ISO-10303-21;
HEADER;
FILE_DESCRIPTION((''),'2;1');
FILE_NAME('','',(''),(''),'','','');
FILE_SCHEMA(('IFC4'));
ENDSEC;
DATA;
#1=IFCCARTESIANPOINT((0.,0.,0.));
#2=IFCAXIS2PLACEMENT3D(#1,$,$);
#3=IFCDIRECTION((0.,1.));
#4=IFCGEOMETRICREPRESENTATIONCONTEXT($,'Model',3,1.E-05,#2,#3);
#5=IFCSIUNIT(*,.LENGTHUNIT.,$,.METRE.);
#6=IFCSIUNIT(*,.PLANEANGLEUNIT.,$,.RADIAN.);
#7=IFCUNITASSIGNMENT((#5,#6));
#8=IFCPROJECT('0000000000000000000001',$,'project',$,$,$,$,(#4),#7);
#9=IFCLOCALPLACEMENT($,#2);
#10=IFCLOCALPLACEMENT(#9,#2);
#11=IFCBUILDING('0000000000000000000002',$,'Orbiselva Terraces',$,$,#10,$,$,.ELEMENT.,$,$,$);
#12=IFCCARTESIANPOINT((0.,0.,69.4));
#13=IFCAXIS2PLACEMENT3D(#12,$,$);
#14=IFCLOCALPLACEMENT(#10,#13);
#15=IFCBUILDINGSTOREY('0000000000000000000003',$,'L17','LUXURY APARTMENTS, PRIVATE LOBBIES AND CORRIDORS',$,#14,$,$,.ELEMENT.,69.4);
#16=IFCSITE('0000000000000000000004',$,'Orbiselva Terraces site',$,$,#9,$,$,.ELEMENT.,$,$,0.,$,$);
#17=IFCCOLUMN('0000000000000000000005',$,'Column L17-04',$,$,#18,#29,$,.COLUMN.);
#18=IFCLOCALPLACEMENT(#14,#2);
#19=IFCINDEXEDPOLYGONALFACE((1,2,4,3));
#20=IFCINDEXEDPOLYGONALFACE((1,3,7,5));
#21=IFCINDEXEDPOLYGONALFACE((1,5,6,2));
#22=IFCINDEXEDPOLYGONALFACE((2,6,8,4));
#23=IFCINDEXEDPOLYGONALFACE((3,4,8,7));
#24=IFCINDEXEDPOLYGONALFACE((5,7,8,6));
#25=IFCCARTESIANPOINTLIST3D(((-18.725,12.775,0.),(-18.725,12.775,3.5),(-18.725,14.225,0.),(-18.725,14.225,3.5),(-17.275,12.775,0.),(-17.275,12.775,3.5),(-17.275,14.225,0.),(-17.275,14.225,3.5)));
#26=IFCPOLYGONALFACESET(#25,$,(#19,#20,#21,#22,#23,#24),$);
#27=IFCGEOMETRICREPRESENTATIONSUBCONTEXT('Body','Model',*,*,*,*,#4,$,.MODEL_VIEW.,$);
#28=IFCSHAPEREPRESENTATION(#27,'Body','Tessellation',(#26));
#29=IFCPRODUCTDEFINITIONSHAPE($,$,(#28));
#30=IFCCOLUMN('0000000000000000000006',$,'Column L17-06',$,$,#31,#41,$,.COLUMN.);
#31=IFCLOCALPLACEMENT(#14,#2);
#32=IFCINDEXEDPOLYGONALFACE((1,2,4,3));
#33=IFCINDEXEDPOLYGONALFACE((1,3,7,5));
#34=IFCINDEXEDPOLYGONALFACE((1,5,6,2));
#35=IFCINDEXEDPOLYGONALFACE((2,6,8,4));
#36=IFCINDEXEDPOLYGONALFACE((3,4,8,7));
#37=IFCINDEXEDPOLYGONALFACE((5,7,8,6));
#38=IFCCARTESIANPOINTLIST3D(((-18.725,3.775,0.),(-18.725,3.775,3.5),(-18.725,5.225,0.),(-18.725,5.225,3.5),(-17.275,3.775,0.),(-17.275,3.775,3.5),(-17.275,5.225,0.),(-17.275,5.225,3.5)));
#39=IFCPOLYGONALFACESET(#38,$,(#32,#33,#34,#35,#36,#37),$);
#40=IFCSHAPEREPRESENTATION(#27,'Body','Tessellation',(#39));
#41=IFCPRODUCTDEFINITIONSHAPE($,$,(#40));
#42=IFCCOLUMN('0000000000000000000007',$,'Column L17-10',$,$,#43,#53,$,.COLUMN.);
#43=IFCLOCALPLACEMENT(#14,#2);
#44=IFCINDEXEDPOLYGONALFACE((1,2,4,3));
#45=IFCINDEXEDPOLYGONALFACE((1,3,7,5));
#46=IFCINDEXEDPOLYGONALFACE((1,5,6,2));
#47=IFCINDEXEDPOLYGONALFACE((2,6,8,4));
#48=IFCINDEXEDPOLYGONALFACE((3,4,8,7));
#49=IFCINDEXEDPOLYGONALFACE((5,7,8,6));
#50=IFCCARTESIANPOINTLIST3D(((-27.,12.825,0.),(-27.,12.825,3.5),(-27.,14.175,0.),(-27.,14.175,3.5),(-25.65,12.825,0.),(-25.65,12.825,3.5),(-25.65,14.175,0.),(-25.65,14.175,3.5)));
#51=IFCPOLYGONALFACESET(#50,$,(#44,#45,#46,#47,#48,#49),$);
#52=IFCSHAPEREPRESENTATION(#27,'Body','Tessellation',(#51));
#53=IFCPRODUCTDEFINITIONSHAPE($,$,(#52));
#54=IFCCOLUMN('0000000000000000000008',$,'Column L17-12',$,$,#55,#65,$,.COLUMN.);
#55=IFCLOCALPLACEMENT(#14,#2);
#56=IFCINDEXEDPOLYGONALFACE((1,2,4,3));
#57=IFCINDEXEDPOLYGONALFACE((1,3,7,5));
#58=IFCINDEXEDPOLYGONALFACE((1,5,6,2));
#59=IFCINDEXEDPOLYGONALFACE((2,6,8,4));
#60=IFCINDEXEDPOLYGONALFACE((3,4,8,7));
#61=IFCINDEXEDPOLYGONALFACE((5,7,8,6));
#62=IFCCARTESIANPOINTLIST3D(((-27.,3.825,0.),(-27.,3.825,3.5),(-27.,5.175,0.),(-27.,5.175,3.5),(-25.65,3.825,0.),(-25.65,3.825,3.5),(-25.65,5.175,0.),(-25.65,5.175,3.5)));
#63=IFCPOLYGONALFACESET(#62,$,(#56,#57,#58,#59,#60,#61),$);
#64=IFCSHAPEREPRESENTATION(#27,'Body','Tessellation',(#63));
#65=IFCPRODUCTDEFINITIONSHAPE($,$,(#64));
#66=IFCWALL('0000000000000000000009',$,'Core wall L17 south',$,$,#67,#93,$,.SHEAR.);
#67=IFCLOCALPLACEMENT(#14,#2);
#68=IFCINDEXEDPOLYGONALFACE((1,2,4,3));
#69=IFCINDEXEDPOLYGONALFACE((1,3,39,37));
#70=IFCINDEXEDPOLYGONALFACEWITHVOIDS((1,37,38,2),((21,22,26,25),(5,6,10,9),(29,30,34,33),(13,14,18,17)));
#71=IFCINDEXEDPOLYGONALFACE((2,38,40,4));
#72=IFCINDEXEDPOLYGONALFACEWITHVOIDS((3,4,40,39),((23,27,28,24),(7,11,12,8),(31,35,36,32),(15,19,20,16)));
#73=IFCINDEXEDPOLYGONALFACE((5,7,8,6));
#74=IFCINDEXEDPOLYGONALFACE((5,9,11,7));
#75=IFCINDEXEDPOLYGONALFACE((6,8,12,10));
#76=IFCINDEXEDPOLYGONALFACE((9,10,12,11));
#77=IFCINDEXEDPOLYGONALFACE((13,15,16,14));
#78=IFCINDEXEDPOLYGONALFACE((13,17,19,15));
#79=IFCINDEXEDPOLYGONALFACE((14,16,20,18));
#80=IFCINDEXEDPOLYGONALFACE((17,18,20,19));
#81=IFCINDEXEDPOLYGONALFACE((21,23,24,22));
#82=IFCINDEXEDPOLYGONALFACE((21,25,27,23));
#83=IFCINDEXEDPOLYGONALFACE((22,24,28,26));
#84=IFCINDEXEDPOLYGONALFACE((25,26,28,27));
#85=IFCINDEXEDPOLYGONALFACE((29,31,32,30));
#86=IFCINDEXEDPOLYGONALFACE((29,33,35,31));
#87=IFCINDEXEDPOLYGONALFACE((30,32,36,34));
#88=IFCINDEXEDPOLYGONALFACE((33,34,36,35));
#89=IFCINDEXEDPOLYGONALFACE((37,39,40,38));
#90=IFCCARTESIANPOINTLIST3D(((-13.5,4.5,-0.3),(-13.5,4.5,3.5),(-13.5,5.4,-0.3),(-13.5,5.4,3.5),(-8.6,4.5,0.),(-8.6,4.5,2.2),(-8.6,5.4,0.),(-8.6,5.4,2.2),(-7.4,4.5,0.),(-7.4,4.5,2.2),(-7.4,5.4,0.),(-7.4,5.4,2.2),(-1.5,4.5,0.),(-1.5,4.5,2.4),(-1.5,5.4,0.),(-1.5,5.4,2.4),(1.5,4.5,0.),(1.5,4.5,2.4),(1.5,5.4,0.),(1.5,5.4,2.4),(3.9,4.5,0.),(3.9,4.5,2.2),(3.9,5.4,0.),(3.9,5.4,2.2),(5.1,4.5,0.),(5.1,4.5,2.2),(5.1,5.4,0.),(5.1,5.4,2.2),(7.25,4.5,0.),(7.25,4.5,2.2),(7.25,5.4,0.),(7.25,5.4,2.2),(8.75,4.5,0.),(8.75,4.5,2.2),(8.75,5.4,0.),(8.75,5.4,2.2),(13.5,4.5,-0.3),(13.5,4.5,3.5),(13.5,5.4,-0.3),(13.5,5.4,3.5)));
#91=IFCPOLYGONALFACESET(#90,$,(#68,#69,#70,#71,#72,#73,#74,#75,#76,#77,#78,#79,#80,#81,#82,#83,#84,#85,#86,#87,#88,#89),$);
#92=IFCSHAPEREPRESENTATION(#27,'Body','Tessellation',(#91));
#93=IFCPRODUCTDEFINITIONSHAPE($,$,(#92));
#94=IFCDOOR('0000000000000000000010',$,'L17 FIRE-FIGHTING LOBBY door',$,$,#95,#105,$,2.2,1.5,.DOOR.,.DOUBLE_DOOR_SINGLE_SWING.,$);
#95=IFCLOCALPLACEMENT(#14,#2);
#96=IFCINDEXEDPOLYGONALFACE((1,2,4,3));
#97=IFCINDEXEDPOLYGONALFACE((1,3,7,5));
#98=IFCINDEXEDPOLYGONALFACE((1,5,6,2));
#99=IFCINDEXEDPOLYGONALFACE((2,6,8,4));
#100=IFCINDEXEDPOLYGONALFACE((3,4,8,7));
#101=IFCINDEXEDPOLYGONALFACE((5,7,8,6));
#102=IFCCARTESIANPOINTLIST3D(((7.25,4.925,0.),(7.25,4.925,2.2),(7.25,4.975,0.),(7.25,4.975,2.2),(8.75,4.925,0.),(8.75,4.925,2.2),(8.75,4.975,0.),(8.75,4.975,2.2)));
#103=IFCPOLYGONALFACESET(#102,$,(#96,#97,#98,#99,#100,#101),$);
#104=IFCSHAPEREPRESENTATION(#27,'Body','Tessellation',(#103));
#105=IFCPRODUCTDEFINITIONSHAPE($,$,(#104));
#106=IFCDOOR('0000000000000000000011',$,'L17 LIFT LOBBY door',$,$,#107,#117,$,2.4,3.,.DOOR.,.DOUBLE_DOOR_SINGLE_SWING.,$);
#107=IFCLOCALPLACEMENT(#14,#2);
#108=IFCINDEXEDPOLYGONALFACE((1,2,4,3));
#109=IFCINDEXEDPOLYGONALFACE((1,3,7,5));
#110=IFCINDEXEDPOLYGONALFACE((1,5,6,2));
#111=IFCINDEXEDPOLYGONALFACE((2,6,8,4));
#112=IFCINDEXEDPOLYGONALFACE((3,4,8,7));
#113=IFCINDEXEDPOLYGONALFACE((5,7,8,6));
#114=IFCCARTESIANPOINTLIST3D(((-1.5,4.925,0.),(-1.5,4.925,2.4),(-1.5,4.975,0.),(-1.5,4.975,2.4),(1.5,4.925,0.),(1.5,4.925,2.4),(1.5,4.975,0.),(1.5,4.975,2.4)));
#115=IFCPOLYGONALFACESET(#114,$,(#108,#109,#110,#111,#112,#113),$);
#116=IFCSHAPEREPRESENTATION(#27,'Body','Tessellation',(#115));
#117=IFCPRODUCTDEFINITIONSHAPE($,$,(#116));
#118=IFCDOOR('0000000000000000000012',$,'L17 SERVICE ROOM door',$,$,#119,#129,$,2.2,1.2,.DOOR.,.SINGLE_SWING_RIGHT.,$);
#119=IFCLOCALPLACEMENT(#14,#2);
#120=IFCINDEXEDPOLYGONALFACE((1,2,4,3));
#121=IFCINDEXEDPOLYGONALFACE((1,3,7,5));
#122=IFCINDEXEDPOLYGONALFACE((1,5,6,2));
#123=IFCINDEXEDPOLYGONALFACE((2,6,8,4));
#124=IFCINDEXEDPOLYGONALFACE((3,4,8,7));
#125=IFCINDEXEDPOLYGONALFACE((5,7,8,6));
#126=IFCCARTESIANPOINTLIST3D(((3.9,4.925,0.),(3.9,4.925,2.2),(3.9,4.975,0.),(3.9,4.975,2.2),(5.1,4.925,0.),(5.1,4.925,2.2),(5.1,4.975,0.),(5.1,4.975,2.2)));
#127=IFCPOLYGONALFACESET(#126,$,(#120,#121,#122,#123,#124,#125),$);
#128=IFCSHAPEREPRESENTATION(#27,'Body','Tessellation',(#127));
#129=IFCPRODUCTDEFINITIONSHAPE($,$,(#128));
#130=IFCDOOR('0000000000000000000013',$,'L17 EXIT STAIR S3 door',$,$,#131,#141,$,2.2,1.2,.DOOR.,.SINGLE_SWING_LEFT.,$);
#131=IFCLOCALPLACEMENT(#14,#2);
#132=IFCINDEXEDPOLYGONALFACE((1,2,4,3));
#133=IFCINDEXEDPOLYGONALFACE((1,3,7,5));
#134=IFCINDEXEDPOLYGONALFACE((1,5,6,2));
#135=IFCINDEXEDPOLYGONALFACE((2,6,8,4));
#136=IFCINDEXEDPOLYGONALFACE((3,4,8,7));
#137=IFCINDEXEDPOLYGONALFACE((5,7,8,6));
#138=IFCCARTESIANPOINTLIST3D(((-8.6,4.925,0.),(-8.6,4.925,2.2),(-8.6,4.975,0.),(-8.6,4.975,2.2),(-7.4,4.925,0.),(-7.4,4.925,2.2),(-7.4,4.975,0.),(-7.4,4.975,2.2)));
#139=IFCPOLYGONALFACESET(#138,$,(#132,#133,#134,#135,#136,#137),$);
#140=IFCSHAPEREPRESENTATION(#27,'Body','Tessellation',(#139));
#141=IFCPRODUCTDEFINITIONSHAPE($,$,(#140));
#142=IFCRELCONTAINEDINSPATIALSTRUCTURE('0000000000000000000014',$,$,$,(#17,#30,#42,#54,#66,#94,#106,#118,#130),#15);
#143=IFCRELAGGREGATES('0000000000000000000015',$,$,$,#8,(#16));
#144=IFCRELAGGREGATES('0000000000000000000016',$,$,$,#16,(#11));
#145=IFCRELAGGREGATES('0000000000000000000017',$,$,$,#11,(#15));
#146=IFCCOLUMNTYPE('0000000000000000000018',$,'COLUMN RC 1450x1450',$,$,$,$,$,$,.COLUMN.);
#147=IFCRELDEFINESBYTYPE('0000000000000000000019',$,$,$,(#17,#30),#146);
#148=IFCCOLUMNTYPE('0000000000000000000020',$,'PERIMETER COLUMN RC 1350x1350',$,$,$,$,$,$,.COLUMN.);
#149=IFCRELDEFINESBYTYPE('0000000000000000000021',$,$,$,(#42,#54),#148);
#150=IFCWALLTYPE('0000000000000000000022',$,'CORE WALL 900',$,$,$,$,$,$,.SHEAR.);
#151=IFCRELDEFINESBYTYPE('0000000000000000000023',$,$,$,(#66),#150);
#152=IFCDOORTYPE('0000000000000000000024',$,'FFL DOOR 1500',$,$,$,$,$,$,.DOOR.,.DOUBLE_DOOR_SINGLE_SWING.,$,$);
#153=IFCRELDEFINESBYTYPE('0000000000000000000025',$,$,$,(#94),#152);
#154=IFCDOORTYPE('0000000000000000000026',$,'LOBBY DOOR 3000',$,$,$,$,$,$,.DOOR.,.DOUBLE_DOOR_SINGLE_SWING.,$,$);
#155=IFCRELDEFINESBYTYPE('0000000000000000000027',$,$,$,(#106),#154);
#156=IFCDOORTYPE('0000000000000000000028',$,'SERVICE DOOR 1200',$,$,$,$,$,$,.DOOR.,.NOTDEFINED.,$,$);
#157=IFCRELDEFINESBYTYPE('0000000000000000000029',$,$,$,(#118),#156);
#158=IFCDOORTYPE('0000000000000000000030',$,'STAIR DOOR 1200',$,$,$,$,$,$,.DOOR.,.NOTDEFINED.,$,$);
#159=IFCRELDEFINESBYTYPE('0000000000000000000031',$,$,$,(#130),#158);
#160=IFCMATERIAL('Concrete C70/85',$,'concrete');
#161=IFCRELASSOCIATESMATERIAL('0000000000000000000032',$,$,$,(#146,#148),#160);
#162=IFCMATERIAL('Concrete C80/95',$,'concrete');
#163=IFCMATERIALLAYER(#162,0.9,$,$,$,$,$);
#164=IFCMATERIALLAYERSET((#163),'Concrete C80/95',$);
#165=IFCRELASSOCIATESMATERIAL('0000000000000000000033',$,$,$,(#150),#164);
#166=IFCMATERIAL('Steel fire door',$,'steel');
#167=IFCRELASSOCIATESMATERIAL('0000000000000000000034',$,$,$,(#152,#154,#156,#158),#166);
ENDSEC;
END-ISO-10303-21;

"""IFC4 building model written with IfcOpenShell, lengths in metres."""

from ifc_helpers import new_model, si_unit, direction, frame, frame_2d, origin, origin_2d, place, context, subcontext, project, spatial, rectangle, extrude, material, layer, layer_set, material_profile, profile_set, type_object, element, fill, save


model = new_model("IFC4")

# Units and contexts
model_context = context("Model", 3, precision=1e-05, world=origin(), true_north=direction((0.0, 1.0)))
body_context = subcontext(model_context, "Body", "Model", "MODEL_VIEW")
ifc_project = project(units=[si_unit("LENGTHUNIT", "METRE"), si_unit("PLANEANGLEUNIT", "RADIAN")], contexts=[model_context])

# Site, building, storey
site_placement = place(None, origin())
site = spatial("IfcSite", under=ifc_project, at=site_placement, Name="Orbiselva Terraces site", CompositionType="ELEMENT", RefElevation=0.0)
building_placement = place(site_placement, origin())
building = spatial("IfcBuilding", under=site, at=building_placement, Name="Orbiselva Terraces", CompositionType="ELEMENT")
storey_placement = place(building_placement, frame((0.0, 0.0, 69.4)))
storey = spatial("IfcBuildingStorey", under=building, at=storey_placement, Name="L17", Description="LUXURY APARTMENTS, PRIVATE LOBBIES AND CORRIDORS", CompositionType="ELEMENT", Elevation=69.4)

# Columns
ifc_material_1 = material(Name="Concrete C70/85", Category="concrete")
ifc_material_profile_1 = material_profile(ifc_material_1, rectangle(XDim=1.45, YDim=1.45, at=origin_2d()), Name="RC 1450x1450")
ifc_profile_set_1 = profile_set([ifc_material_profile_1], Name="Concrete C70/85")
column_type_1 = type_object("IfcColumnType", Name="COLUMN RC 1450x1450", PredefinedType="COLUMN", material=ifc_profile_set_1)
for number, where, z_axis, x_axis, name in (
    (1, (-18.0, 13.5, 0.0), (0.0, 0.0, 1.0), (1.0, 0.0, 0.0), "Column L17-04"),
    (2, (-18.0, 4.5, 0.0), (0.0, 0.0, 1.0), (1.0, 0.0, 0.0), "Column L17-06"),
):
    element("IfcColumn", number, at=place(storey_placement, frame(where, z_axis=z_axis, x_axis=x_axis)), inside=storey, type_object=column_type_1, Name=name, PredefinedType="COLUMN", context=body_context, shape_type="SweptSolid", body=[
        extrude(rectangle(XDim=1.45, YDim=1.45, at=origin_2d()), origin(), (0.0, 0.0, 1.0), 3.5),
    ])
ifc_material_profile_2 = material_profile(ifc_material_1, rectangle(XDim=1.35, YDim=1.35, at=origin_2d()), Name="RC 1350x1350")
ifc_profile_set_2 = profile_set([ifc_material_profile_2], Name="Concrete C70/85")
column_type_2 = type_object("IfcColumnType", Name="PERIMETER COLUMN RC 1350x1350", PredefinedType="COLUMN", material=ifc_profile_set_2)
for number, where, z_axis, x_axis, name in (
    (3, (-26.325, 13.5, 0.0), (0.0, 0.0, 1.0), (1.0, 0.0, 0.0), "Column L17-10"),
    (4, (-26.325, 4.5, 0.0), (0.0, 0.0, 1.0), (1.0, 0.0, 0.0), "Column L17-12"),
):
    element("IfcColumn", number, at=place(storey_placement, frame(where, z_axis=z_axis, x_axis=x_axis)), inside=storey, type_object=column_type_2, Name=name, PredefinedType="COLUMN", context=body_context, shape_type="SweptSolid", body=[
        extrude(rectangle(XDim=1.35, YDim=1.35, at=origin_2d()), origin(), (0.0, 0.0, 1.0), 3.5),
    ])

# Wall, openings, doors
ifc_material_2 = material(Name="Concrete C80/95", Category="concrete")
ifc_layer_1 = layer(ifc_material_2, 0.9)
ifc_layer_set_1 = layer_set([ifc_layer_1], Name="Concrete C80/95")
wall_type_1 = type_object("IfcWallType", Name="CORE WALL 900", PredefinedType="SHEAR", material=ifc_layer_set_1)
wall_1_placement = place(storey_placement, frame((-13.5, 4.95, -0.3), z_axis=(0.0, 0.0, 1.0), x_axis=(1.0, 0.0, 0.0)))
wall_1 = element("IfcWall", 5, at=wall_1_placement, inside=storey, type_object=wall_type_1, Name="Core wall L17 south", PredefinedType="SHEAR", context=body_context, shape_type="SweptSolid", body=[
    extrude(rectangle(XDim=27.0, YDim=0.9, at=frame_2d((13.5, 0.0))), origin(), (0.0, 0.0, 1.0), 3.8),
])
opening_1_placement = place(wall_1_placement, frame((12.0, 0.0, 0.3)))
opening_1 = element("IfcOpeningElement", 6, at=opening_1_placement, cuts=wall_1, PredefinedType="OPENING", context=body_context, shape_type="SweptSolid", body=[
    extrude(rectangle(XDim=3.0, YDim=2.4, at=frame_2d((1.5, 1.2))), frame((0.0, 0.46, 0.0), z_axis=(0.0, -1.0, 0.0), x_axis=(1.0, 0.0, 0.0)), (0.0, 0.0, 1.0), 0.92),
])
opening_2_placement = place(wall_1_placement, frame((4.9, 0.0, 0.3)))
opening_2 = element("IfcOpeningElement", 7, at=opening_2_placement, cuts=wall_1, PredefinedType="OPENING", context=body_context, shape_type="SweptSolid", body=[
    extrude(rectangle(XDim=1.2, YDim=2.2, at=frame_2d((0.6, 1.1))), frame((0.0, 0.46, 0.0), z_axis=(0.0, -1.0, 0.0), x_axis=(1.0, 0.0, 0.0)), (0.0, 0.0, 1.0), 0.92),
])
opening_3_placement = place(wall_1_placement, frame((20.75, 0.0, 0.3)))
opening_3 = element("IfcOpeningElement", 8, at=opening_3_placement, cuts=wall_1, PredefinedType="OPENING", context=body_context, shape_type="SweptSolid", body=[
    extrude(rectangle(XDim=1.5, YDim=2.2, at=frame_2d((0.75, 1.1))), frame((0.0, 0.46, 0.0), z_axis=(0.0, -1.0, 0.0), x_axis=(1.0, 0.0, 0.0)), (0.0, 0.0, 1.0), 0.92),
])
opening_4_placement = place(wall_1_placement, frame((17.4, 0.0, 0.3)))
opening_4 = element("IfcOpeningElement", 9, at=opening_4_placement, cuts=wall_1, PredefinedType="OPENING", context=body_context, shape_type="SweptSolid", body=[
    extrude(rectangle(XDim=1.2, YDim=2.2, at=frame_2d((0.6, 1.1))), frame((0.0, 0.46, 0.0), z_axis=(0.0, -1.0, 0.0), x_axis=(1.0, 0.0, 0.0)), (0.0, 0.0, 1.0), 0.92),
])
ifc_material_3 = material(Name="Steel fire door", Category="steel")
door_type_1 = type_object("IfcDoorType", Name="FFL DOOR 1500", OperationType="DOUBLE_DOOR_SINGLE_SWING", PredefinedType="DOOR", material=ifc_material_3)
door_1_placement = place(opening_3_placement, frame((1.5, 0.0, 0.0), z_axis=(0.0, 0.0, 1.0), x_axis=(-1.0, 0.0, 0.0)))
door_1 = element("IfcDoor", 10, at=door_1_placement, inside=storey, type_object=door_type_1, Name="L17 FIRE-FIGHTING LOBBY door", OperationType="DOUBLE_DOOR_SINGLE_SWING", OverallHeight=2.2, OverallWidth=1.5, PredefinedType="DOOR", context=body_context, shape_type="SweptSolid", body=[
    extrude(rectangle(XDim=1.5, YDim=2.2, at=frame_2d((0.75, 1.1))), frame((0.0, 0.025, 0.0), z_axis=(0.0, -1.0, 0.0), x_axis=(1.0, 0.0, 0.0)), (0.0, 0.0, 1.0), 0.05),
])
fill(opening_3, door_1)
door_type_2 = type_object("IfcDoorType", Name="LOBBY DOOR 3000", OperationType="DOUBLE_DOOR_SINGLE_SWING", PredefinedType="DOOR", material=ifc_material_3)
door_2_placement = place(opening_1_placement, frame((3.0, 0.0, 0.0), z_axis=(0.0, 0.0, 1.0), x_axis=(-1.0, 0.0, 0.0)))
door_2 = element("IfcDoor", 11, at=door_2_placement, inside=storey, type_object=door_type_2, Name="L17 LIFT LOBBY door", OperationType="DOUBLE_DOOR_SINGLE_SWING", OverallHeight=2.4, OverallWidth=3.0, PredefinedType="DOOR", context=body_context, shape_type="SweptSolid", body=[
    extrude(rectangle(XDim=3.0, YDim=2.4, at=frame_2d((1.5, 1.2))), frame((0.0, 0.025, 0.0), z_axis=(0.0, -1.0, 0.0), x_axis=(1.0, 0.0, 0.0)), (0.0, 0.0, 1.0), 0.05),
])
fill(opening_1, door_2)
door_type_3 = type_object("IfcDoorType", Name="SERVICE DOOR 1200", OperationType="NOTDEFINED", PredefinedType="DOOR", material=ifc_material_3)
door_3_placement = place(opening_4_placement, frame((1.2, 0.0, 0.0), z_axis=(0.0, 0.0, 1.0), x_axis=(-1.0, 0.0, 0.0)))
door_3 = element("IfcDoor", 12, at=door_3_placement, inside=storey, type_object=door_type_3, Name="L17 SERVICE ROOM door", OperationType="SINGLE_SWING_RIGHT", OverallHeight=2.2, OverallWidth=1.2, PredefinedType="DOOR", context=body_context, shape_type="SweptSolid", body=[
    extrude(rectangle(XDim=1.2, YDim=2.2, at=frame_2d((0.6, 1.1))), frame((0.0, 0.025, 0.0), z_axis=(0.0, -1.0, 0.0), x_axis=(1.0, 0.0, 0.0)), (0.0, 0.0, 1.0), 0.05),
])
fill(opening_4, door_3)
door_type_4 = type_object("IfcDoorType", Name="STAIR DOOR 1200", OperationType="NOTDEFINED", PredefinedType="DOOR", material=ifc_material_3)
door_4_placement = place(opening_2_placement, frame((1.2, 0.0, 0.0), z_axis=(0.0, 0.0, 1.0), x_axis=(-1.0, 0.0, 0.0)))
door_4 = element("IfcDoor", 13, at=door_4_placement, inside=storey, type_object=door_type_4, Name="L17 EXIT STAIR S3 door", OperationType="SINGLE_SWING_LEFT", OverallHeight=2.2, OverallWidth=1.2, PredefinedType="DOOR", context=body_context, shape_type="SweptSolid", body=[
    extrude(rectangle(XDim=1.2, YDim=2.2, at=frame_2d((0.6, 1.1))), frame((0.0, 0.025, 0.0), z_axis=(0.0, -1.0, 0.0), x_axis=(1.0, 0.0, 0.0)), (0.0, 0.0, 1.0), 0.05),
])
fill(opening_2, door_4)

save(model, "model.ifc")
